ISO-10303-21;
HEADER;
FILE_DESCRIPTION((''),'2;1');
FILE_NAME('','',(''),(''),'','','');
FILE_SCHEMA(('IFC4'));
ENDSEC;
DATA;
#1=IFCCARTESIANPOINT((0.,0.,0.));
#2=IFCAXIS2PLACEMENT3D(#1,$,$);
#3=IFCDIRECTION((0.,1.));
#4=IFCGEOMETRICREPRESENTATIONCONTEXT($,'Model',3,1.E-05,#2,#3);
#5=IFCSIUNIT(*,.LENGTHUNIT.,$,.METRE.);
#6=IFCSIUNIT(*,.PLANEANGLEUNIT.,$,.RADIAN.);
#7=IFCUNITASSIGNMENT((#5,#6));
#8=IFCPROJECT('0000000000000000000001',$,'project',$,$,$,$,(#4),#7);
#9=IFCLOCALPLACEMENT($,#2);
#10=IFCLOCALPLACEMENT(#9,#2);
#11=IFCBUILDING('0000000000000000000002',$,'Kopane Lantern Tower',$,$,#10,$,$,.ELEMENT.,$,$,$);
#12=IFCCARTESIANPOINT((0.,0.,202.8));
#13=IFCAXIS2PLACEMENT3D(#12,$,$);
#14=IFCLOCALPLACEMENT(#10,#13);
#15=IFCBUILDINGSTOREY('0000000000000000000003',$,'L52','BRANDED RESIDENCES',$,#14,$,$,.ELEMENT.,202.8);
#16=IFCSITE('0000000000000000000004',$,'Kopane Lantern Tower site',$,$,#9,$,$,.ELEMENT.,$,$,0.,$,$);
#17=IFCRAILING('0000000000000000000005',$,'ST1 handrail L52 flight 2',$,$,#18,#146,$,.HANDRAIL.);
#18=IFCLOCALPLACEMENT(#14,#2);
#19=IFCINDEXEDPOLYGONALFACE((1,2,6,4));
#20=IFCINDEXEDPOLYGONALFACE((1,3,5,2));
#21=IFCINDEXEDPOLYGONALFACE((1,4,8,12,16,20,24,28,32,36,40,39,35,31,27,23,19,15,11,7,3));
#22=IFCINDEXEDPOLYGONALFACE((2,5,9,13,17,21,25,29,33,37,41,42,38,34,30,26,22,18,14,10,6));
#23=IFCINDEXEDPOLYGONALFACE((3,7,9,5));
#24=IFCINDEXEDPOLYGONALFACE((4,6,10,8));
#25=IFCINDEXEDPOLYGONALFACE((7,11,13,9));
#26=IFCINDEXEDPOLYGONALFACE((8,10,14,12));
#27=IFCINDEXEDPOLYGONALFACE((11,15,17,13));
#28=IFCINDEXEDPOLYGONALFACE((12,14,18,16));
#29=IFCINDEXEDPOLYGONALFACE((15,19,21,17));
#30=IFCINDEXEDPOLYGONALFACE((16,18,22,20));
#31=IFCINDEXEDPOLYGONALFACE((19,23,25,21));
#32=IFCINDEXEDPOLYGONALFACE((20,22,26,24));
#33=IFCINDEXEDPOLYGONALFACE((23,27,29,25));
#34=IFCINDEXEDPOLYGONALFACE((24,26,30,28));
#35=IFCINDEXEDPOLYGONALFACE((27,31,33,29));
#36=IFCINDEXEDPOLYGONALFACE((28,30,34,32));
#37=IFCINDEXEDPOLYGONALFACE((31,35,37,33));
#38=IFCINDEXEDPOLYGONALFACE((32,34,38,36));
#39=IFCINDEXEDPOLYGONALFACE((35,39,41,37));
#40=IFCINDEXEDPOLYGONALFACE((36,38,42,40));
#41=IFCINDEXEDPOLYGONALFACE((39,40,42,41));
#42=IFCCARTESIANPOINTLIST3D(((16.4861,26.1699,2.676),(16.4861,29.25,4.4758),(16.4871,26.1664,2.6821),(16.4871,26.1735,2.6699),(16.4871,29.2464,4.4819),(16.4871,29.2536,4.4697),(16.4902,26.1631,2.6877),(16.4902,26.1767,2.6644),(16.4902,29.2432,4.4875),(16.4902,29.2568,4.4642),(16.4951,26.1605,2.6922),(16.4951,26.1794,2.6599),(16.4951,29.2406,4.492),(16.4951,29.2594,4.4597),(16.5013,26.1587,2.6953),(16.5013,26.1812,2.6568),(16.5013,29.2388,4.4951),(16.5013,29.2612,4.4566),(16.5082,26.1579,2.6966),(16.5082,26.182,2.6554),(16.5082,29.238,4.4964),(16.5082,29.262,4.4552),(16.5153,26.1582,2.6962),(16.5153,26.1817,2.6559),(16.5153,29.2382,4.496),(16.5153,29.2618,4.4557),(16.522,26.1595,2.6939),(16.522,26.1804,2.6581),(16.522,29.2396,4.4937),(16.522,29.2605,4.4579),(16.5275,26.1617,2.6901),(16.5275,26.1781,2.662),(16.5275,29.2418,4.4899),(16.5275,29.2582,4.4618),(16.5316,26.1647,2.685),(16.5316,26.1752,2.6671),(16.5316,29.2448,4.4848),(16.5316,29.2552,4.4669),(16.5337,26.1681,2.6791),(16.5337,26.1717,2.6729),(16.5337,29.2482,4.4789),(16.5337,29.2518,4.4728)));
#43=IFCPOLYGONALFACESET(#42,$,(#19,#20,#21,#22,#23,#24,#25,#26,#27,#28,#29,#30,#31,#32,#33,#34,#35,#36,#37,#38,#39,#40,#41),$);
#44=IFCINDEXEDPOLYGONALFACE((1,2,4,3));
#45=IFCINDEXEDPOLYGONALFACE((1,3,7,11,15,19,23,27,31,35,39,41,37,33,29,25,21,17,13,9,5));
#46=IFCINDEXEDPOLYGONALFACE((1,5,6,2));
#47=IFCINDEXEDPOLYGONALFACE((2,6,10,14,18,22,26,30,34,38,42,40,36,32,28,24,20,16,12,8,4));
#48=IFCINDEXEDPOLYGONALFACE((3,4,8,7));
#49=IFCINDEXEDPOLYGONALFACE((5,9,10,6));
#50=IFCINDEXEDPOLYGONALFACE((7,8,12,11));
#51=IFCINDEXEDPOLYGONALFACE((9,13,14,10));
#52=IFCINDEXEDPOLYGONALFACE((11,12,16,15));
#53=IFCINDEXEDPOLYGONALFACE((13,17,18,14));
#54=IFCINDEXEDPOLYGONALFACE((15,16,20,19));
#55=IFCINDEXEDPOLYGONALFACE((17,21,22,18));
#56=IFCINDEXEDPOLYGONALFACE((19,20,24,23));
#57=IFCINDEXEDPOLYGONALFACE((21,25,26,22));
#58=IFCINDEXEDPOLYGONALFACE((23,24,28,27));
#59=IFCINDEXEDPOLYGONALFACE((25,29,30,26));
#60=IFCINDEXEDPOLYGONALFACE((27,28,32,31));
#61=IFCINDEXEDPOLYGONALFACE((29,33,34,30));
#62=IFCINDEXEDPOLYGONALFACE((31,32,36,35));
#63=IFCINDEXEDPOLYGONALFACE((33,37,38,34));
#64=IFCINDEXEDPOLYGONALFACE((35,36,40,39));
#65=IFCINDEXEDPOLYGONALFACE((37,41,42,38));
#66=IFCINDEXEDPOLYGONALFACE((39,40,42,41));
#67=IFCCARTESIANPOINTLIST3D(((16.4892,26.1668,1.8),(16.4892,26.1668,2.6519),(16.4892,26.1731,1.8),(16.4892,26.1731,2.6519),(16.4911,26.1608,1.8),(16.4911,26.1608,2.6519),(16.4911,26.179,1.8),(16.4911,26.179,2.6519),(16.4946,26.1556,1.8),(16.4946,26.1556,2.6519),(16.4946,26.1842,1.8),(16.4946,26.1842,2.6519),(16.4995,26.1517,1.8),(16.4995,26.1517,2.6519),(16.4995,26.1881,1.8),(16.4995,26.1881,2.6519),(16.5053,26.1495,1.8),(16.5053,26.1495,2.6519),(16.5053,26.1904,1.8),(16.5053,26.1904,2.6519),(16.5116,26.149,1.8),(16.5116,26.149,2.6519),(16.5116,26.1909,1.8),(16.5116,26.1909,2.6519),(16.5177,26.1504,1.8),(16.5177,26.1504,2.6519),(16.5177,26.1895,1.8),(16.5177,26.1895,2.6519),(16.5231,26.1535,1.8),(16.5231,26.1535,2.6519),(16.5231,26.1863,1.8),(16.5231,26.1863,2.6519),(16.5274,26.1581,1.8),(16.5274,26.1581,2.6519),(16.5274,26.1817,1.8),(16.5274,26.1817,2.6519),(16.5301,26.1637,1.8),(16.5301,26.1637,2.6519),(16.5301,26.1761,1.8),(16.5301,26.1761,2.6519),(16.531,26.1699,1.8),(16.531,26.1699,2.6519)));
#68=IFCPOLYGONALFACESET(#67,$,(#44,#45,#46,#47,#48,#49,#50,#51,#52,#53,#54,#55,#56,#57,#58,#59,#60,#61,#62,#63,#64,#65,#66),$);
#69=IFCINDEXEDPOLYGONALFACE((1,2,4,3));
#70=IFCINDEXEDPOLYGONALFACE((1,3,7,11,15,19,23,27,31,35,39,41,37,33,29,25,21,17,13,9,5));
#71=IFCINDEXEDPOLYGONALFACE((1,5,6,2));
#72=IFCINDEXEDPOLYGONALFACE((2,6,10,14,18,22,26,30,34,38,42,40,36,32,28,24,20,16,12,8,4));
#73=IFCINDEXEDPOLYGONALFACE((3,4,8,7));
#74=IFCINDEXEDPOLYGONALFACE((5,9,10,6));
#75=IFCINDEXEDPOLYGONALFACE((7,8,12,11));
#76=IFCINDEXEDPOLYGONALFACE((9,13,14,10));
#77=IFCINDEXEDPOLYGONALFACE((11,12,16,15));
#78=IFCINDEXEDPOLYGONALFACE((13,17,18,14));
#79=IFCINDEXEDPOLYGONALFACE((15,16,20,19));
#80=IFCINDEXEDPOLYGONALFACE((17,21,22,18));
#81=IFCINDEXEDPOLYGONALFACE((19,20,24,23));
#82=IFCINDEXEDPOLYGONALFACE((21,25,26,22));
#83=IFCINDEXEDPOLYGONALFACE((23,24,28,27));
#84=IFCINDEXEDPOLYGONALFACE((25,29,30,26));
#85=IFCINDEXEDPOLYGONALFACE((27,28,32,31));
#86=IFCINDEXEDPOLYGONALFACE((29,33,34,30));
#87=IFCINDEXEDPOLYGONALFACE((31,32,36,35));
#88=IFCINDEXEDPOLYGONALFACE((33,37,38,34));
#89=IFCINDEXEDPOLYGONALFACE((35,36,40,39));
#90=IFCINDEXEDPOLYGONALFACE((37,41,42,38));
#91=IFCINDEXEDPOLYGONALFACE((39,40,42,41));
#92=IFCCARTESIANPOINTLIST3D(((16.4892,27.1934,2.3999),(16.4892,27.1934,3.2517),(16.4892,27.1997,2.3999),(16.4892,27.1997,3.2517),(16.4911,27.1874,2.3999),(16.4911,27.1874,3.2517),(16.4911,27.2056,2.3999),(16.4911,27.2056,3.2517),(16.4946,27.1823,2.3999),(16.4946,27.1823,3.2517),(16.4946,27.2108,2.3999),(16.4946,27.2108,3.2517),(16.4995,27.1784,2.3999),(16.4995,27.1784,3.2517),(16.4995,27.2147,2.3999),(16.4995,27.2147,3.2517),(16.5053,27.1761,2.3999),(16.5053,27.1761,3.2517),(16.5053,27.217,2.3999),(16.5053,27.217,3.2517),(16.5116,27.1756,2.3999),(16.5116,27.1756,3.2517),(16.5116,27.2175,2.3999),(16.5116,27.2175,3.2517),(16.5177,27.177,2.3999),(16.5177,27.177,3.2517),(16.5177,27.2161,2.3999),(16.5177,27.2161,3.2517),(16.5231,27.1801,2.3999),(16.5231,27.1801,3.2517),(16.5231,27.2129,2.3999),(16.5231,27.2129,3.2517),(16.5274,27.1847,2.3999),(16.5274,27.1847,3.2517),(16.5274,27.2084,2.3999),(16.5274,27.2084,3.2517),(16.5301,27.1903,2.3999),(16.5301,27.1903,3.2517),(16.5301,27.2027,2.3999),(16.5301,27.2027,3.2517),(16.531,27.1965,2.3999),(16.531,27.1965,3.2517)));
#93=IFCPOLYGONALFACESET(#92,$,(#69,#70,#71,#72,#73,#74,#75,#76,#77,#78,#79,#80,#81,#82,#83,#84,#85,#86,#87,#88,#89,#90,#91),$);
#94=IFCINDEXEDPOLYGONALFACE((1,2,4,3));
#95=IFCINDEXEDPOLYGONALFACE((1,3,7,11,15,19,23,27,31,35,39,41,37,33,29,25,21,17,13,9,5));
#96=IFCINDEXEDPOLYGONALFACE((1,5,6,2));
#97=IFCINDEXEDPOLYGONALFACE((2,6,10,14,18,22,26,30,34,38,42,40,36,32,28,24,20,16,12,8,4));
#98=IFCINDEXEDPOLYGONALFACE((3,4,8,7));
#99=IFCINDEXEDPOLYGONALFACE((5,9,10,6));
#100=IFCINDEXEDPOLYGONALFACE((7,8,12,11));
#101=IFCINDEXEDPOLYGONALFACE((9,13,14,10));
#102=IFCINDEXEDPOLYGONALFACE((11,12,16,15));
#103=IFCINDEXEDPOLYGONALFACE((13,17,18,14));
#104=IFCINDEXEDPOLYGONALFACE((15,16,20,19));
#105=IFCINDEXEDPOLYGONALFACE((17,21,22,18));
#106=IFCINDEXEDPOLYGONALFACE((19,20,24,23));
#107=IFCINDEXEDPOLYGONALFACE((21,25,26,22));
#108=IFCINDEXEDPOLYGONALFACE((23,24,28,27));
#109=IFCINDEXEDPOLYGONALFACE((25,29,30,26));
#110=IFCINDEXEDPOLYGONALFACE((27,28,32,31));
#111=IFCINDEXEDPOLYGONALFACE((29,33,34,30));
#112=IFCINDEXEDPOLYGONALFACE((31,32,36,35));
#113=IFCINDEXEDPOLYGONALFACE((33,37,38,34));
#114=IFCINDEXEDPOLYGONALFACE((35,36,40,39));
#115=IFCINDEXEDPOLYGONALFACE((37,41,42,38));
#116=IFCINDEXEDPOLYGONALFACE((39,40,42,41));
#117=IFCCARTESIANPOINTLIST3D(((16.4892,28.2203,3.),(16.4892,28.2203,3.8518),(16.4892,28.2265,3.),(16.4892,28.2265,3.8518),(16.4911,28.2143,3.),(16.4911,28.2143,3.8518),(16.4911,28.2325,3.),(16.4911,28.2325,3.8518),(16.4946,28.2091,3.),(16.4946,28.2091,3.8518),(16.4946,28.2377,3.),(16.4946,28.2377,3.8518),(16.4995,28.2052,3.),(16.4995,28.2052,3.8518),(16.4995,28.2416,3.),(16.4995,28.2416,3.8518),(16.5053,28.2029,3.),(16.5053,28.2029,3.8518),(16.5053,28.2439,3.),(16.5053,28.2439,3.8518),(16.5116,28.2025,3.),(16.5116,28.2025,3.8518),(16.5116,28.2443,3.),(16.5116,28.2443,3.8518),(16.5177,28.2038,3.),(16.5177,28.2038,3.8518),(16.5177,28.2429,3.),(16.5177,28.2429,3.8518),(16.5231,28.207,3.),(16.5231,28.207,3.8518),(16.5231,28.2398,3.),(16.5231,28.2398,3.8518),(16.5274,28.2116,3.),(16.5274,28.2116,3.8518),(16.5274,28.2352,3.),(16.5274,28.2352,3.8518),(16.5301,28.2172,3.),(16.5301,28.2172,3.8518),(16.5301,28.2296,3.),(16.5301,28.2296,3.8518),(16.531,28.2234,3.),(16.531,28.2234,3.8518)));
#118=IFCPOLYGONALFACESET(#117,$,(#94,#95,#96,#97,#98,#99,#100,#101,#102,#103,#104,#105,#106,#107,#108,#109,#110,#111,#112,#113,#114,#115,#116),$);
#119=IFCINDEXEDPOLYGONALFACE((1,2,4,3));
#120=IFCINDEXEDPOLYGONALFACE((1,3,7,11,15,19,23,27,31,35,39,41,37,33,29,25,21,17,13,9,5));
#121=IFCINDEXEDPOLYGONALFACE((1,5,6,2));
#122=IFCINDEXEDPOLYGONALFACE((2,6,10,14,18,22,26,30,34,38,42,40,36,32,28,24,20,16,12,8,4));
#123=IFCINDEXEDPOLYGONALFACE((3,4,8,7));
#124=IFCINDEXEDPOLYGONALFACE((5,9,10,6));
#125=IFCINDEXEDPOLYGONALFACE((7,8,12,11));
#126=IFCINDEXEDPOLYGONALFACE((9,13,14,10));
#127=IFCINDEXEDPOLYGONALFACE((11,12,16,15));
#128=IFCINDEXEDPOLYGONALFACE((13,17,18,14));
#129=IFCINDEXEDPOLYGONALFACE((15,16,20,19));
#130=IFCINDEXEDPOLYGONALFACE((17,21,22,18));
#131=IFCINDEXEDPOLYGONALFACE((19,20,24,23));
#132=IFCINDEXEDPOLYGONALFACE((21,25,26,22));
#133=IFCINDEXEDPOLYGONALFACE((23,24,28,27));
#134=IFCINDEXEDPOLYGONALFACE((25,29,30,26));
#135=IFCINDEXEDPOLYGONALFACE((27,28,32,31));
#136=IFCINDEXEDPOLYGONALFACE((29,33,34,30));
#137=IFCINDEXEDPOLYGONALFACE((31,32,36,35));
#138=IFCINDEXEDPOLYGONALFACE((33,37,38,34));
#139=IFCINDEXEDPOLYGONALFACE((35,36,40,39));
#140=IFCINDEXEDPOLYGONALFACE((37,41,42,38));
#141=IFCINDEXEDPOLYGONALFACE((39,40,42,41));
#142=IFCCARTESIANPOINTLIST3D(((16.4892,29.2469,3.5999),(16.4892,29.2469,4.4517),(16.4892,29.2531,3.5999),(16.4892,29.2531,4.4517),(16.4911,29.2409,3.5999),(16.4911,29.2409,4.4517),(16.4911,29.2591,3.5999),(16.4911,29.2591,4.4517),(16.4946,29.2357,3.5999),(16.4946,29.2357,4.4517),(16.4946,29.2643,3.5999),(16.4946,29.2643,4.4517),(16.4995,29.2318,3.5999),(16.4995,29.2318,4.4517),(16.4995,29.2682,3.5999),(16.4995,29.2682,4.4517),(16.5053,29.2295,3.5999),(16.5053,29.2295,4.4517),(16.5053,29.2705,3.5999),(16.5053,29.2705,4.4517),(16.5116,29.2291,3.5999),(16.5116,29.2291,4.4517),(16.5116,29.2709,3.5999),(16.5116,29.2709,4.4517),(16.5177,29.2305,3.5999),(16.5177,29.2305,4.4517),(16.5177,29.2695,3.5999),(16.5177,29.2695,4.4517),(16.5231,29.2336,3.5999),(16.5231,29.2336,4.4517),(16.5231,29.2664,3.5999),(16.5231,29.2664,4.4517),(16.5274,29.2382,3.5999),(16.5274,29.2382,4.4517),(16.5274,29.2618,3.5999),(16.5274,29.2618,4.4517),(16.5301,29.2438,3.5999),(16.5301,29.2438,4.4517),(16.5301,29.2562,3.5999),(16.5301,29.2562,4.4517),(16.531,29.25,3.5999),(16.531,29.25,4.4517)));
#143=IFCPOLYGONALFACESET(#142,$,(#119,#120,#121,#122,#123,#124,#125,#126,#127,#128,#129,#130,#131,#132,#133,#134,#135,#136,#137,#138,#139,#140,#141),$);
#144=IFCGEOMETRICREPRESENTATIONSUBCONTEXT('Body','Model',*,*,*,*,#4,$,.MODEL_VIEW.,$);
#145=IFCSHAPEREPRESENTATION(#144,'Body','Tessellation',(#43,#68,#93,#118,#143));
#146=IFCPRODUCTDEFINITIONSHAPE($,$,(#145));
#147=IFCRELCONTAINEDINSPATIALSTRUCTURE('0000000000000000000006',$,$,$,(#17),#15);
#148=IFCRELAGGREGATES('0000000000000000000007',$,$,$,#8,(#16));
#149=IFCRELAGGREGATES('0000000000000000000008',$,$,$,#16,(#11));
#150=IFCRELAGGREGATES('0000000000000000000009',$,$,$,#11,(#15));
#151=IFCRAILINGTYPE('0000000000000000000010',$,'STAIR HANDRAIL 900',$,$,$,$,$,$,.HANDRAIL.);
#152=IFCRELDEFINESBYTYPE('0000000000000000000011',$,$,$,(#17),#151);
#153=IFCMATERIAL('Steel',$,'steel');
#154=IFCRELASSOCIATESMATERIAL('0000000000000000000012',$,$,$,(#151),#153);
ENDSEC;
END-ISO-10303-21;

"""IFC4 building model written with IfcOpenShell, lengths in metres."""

from ifc_helpers import new_model, si_unit, direction, frame, origin, origin_2d, place, context, subcontext, project, spatial, circle, extrude, material, type_object, element, save


model = new_model("IFC4")

# Units and contexts
model_context = context("Model", 3, precision=1e-05, world=origin(), true_north=direction((0.0, 1.0)))
body_context = subcontext(model_context, "Body", "Model", "MODEL_VIEW")
ifc_project = project(units=[si_unit("LENGTHUNIT", "METRE"), si_unit("PLANEANGLEUNIT", "RADIAN")], contexts=[model_context])

# Site, building, storey
site_placement = place(None, origin())
site = spatial("IfcSite", under=ifc_project, at=site_placement, Name="Kopane Lantern Tower site", CompositionType="ELEMENT", RefElevation=0.0)
building_placement = place(site_placement, origin())
building = spatial("IfcBuilding", under=site, at=building_placement, Name="Kopane Lantern Tower", CompositionType="ELEMENT")
storey_placement = place(building_placement, frame((0.0, 0.0, 202.8)))
storey = spatial("IfcBuildingStorey", under=building, at=storey_placement, Name="L52", Description="BRANDED RESIDENCES", CompositionType="ELEMENT", Elevation=202.8)

# Railing
ifc_material_1 = material(Name="Steel", Category="steel")
railing_type_1 = type_object("IfcRailingType", Name="STAIR HANDRAIL 900", PredefinedType="HANDRAIL", material=ifc_material_1)
for number, where, name in (
    (1, (16.51, 26.1699, 1.8), "ST1 handrail L52 flight 2"),
):
    element("IfcRailing", number, at=place(storey_placement, frame(where)), inside=storey, type_object=railing_type_1, Name=name, PredefinedType="HANDRAIL", context=body_context, shape_type="SweptSolid", body=[
        extrude(circle(Radius=0.0239, at=origin_2d()), frame((0.0, 0.0, 0.876), z_axis=(0.0, 0.863401, 0.504518), x_axis=(-1.0, 0.0, 0.0)), (0.0, 0.0, 1.0), 3.5674),
        extrude(circle(Radius=0.021, at=origin_2d()), origin(), (0.0, 0.0, 1.0), 0.8518),
        extrude(circle(Radius=0.021, at=origin_2d()), frame((0.0, 1.0266, 0.5999)), (0.0, 0.0, 1.0), 0.8518),
        extrude(circle(Radius=0.021, at=origin_2d()), frame((0.0, 2.0535, 1.2)), (0.0, 0.0, 1.0), 0.8518),
        extrude(circle(Radius=0.021, at=origin_2d()), frame((0.0, 3.0801, 1.7998)), (0.0, 0.0, 1.0), 0.8518),
    ])

save(model, "model.ifc")
